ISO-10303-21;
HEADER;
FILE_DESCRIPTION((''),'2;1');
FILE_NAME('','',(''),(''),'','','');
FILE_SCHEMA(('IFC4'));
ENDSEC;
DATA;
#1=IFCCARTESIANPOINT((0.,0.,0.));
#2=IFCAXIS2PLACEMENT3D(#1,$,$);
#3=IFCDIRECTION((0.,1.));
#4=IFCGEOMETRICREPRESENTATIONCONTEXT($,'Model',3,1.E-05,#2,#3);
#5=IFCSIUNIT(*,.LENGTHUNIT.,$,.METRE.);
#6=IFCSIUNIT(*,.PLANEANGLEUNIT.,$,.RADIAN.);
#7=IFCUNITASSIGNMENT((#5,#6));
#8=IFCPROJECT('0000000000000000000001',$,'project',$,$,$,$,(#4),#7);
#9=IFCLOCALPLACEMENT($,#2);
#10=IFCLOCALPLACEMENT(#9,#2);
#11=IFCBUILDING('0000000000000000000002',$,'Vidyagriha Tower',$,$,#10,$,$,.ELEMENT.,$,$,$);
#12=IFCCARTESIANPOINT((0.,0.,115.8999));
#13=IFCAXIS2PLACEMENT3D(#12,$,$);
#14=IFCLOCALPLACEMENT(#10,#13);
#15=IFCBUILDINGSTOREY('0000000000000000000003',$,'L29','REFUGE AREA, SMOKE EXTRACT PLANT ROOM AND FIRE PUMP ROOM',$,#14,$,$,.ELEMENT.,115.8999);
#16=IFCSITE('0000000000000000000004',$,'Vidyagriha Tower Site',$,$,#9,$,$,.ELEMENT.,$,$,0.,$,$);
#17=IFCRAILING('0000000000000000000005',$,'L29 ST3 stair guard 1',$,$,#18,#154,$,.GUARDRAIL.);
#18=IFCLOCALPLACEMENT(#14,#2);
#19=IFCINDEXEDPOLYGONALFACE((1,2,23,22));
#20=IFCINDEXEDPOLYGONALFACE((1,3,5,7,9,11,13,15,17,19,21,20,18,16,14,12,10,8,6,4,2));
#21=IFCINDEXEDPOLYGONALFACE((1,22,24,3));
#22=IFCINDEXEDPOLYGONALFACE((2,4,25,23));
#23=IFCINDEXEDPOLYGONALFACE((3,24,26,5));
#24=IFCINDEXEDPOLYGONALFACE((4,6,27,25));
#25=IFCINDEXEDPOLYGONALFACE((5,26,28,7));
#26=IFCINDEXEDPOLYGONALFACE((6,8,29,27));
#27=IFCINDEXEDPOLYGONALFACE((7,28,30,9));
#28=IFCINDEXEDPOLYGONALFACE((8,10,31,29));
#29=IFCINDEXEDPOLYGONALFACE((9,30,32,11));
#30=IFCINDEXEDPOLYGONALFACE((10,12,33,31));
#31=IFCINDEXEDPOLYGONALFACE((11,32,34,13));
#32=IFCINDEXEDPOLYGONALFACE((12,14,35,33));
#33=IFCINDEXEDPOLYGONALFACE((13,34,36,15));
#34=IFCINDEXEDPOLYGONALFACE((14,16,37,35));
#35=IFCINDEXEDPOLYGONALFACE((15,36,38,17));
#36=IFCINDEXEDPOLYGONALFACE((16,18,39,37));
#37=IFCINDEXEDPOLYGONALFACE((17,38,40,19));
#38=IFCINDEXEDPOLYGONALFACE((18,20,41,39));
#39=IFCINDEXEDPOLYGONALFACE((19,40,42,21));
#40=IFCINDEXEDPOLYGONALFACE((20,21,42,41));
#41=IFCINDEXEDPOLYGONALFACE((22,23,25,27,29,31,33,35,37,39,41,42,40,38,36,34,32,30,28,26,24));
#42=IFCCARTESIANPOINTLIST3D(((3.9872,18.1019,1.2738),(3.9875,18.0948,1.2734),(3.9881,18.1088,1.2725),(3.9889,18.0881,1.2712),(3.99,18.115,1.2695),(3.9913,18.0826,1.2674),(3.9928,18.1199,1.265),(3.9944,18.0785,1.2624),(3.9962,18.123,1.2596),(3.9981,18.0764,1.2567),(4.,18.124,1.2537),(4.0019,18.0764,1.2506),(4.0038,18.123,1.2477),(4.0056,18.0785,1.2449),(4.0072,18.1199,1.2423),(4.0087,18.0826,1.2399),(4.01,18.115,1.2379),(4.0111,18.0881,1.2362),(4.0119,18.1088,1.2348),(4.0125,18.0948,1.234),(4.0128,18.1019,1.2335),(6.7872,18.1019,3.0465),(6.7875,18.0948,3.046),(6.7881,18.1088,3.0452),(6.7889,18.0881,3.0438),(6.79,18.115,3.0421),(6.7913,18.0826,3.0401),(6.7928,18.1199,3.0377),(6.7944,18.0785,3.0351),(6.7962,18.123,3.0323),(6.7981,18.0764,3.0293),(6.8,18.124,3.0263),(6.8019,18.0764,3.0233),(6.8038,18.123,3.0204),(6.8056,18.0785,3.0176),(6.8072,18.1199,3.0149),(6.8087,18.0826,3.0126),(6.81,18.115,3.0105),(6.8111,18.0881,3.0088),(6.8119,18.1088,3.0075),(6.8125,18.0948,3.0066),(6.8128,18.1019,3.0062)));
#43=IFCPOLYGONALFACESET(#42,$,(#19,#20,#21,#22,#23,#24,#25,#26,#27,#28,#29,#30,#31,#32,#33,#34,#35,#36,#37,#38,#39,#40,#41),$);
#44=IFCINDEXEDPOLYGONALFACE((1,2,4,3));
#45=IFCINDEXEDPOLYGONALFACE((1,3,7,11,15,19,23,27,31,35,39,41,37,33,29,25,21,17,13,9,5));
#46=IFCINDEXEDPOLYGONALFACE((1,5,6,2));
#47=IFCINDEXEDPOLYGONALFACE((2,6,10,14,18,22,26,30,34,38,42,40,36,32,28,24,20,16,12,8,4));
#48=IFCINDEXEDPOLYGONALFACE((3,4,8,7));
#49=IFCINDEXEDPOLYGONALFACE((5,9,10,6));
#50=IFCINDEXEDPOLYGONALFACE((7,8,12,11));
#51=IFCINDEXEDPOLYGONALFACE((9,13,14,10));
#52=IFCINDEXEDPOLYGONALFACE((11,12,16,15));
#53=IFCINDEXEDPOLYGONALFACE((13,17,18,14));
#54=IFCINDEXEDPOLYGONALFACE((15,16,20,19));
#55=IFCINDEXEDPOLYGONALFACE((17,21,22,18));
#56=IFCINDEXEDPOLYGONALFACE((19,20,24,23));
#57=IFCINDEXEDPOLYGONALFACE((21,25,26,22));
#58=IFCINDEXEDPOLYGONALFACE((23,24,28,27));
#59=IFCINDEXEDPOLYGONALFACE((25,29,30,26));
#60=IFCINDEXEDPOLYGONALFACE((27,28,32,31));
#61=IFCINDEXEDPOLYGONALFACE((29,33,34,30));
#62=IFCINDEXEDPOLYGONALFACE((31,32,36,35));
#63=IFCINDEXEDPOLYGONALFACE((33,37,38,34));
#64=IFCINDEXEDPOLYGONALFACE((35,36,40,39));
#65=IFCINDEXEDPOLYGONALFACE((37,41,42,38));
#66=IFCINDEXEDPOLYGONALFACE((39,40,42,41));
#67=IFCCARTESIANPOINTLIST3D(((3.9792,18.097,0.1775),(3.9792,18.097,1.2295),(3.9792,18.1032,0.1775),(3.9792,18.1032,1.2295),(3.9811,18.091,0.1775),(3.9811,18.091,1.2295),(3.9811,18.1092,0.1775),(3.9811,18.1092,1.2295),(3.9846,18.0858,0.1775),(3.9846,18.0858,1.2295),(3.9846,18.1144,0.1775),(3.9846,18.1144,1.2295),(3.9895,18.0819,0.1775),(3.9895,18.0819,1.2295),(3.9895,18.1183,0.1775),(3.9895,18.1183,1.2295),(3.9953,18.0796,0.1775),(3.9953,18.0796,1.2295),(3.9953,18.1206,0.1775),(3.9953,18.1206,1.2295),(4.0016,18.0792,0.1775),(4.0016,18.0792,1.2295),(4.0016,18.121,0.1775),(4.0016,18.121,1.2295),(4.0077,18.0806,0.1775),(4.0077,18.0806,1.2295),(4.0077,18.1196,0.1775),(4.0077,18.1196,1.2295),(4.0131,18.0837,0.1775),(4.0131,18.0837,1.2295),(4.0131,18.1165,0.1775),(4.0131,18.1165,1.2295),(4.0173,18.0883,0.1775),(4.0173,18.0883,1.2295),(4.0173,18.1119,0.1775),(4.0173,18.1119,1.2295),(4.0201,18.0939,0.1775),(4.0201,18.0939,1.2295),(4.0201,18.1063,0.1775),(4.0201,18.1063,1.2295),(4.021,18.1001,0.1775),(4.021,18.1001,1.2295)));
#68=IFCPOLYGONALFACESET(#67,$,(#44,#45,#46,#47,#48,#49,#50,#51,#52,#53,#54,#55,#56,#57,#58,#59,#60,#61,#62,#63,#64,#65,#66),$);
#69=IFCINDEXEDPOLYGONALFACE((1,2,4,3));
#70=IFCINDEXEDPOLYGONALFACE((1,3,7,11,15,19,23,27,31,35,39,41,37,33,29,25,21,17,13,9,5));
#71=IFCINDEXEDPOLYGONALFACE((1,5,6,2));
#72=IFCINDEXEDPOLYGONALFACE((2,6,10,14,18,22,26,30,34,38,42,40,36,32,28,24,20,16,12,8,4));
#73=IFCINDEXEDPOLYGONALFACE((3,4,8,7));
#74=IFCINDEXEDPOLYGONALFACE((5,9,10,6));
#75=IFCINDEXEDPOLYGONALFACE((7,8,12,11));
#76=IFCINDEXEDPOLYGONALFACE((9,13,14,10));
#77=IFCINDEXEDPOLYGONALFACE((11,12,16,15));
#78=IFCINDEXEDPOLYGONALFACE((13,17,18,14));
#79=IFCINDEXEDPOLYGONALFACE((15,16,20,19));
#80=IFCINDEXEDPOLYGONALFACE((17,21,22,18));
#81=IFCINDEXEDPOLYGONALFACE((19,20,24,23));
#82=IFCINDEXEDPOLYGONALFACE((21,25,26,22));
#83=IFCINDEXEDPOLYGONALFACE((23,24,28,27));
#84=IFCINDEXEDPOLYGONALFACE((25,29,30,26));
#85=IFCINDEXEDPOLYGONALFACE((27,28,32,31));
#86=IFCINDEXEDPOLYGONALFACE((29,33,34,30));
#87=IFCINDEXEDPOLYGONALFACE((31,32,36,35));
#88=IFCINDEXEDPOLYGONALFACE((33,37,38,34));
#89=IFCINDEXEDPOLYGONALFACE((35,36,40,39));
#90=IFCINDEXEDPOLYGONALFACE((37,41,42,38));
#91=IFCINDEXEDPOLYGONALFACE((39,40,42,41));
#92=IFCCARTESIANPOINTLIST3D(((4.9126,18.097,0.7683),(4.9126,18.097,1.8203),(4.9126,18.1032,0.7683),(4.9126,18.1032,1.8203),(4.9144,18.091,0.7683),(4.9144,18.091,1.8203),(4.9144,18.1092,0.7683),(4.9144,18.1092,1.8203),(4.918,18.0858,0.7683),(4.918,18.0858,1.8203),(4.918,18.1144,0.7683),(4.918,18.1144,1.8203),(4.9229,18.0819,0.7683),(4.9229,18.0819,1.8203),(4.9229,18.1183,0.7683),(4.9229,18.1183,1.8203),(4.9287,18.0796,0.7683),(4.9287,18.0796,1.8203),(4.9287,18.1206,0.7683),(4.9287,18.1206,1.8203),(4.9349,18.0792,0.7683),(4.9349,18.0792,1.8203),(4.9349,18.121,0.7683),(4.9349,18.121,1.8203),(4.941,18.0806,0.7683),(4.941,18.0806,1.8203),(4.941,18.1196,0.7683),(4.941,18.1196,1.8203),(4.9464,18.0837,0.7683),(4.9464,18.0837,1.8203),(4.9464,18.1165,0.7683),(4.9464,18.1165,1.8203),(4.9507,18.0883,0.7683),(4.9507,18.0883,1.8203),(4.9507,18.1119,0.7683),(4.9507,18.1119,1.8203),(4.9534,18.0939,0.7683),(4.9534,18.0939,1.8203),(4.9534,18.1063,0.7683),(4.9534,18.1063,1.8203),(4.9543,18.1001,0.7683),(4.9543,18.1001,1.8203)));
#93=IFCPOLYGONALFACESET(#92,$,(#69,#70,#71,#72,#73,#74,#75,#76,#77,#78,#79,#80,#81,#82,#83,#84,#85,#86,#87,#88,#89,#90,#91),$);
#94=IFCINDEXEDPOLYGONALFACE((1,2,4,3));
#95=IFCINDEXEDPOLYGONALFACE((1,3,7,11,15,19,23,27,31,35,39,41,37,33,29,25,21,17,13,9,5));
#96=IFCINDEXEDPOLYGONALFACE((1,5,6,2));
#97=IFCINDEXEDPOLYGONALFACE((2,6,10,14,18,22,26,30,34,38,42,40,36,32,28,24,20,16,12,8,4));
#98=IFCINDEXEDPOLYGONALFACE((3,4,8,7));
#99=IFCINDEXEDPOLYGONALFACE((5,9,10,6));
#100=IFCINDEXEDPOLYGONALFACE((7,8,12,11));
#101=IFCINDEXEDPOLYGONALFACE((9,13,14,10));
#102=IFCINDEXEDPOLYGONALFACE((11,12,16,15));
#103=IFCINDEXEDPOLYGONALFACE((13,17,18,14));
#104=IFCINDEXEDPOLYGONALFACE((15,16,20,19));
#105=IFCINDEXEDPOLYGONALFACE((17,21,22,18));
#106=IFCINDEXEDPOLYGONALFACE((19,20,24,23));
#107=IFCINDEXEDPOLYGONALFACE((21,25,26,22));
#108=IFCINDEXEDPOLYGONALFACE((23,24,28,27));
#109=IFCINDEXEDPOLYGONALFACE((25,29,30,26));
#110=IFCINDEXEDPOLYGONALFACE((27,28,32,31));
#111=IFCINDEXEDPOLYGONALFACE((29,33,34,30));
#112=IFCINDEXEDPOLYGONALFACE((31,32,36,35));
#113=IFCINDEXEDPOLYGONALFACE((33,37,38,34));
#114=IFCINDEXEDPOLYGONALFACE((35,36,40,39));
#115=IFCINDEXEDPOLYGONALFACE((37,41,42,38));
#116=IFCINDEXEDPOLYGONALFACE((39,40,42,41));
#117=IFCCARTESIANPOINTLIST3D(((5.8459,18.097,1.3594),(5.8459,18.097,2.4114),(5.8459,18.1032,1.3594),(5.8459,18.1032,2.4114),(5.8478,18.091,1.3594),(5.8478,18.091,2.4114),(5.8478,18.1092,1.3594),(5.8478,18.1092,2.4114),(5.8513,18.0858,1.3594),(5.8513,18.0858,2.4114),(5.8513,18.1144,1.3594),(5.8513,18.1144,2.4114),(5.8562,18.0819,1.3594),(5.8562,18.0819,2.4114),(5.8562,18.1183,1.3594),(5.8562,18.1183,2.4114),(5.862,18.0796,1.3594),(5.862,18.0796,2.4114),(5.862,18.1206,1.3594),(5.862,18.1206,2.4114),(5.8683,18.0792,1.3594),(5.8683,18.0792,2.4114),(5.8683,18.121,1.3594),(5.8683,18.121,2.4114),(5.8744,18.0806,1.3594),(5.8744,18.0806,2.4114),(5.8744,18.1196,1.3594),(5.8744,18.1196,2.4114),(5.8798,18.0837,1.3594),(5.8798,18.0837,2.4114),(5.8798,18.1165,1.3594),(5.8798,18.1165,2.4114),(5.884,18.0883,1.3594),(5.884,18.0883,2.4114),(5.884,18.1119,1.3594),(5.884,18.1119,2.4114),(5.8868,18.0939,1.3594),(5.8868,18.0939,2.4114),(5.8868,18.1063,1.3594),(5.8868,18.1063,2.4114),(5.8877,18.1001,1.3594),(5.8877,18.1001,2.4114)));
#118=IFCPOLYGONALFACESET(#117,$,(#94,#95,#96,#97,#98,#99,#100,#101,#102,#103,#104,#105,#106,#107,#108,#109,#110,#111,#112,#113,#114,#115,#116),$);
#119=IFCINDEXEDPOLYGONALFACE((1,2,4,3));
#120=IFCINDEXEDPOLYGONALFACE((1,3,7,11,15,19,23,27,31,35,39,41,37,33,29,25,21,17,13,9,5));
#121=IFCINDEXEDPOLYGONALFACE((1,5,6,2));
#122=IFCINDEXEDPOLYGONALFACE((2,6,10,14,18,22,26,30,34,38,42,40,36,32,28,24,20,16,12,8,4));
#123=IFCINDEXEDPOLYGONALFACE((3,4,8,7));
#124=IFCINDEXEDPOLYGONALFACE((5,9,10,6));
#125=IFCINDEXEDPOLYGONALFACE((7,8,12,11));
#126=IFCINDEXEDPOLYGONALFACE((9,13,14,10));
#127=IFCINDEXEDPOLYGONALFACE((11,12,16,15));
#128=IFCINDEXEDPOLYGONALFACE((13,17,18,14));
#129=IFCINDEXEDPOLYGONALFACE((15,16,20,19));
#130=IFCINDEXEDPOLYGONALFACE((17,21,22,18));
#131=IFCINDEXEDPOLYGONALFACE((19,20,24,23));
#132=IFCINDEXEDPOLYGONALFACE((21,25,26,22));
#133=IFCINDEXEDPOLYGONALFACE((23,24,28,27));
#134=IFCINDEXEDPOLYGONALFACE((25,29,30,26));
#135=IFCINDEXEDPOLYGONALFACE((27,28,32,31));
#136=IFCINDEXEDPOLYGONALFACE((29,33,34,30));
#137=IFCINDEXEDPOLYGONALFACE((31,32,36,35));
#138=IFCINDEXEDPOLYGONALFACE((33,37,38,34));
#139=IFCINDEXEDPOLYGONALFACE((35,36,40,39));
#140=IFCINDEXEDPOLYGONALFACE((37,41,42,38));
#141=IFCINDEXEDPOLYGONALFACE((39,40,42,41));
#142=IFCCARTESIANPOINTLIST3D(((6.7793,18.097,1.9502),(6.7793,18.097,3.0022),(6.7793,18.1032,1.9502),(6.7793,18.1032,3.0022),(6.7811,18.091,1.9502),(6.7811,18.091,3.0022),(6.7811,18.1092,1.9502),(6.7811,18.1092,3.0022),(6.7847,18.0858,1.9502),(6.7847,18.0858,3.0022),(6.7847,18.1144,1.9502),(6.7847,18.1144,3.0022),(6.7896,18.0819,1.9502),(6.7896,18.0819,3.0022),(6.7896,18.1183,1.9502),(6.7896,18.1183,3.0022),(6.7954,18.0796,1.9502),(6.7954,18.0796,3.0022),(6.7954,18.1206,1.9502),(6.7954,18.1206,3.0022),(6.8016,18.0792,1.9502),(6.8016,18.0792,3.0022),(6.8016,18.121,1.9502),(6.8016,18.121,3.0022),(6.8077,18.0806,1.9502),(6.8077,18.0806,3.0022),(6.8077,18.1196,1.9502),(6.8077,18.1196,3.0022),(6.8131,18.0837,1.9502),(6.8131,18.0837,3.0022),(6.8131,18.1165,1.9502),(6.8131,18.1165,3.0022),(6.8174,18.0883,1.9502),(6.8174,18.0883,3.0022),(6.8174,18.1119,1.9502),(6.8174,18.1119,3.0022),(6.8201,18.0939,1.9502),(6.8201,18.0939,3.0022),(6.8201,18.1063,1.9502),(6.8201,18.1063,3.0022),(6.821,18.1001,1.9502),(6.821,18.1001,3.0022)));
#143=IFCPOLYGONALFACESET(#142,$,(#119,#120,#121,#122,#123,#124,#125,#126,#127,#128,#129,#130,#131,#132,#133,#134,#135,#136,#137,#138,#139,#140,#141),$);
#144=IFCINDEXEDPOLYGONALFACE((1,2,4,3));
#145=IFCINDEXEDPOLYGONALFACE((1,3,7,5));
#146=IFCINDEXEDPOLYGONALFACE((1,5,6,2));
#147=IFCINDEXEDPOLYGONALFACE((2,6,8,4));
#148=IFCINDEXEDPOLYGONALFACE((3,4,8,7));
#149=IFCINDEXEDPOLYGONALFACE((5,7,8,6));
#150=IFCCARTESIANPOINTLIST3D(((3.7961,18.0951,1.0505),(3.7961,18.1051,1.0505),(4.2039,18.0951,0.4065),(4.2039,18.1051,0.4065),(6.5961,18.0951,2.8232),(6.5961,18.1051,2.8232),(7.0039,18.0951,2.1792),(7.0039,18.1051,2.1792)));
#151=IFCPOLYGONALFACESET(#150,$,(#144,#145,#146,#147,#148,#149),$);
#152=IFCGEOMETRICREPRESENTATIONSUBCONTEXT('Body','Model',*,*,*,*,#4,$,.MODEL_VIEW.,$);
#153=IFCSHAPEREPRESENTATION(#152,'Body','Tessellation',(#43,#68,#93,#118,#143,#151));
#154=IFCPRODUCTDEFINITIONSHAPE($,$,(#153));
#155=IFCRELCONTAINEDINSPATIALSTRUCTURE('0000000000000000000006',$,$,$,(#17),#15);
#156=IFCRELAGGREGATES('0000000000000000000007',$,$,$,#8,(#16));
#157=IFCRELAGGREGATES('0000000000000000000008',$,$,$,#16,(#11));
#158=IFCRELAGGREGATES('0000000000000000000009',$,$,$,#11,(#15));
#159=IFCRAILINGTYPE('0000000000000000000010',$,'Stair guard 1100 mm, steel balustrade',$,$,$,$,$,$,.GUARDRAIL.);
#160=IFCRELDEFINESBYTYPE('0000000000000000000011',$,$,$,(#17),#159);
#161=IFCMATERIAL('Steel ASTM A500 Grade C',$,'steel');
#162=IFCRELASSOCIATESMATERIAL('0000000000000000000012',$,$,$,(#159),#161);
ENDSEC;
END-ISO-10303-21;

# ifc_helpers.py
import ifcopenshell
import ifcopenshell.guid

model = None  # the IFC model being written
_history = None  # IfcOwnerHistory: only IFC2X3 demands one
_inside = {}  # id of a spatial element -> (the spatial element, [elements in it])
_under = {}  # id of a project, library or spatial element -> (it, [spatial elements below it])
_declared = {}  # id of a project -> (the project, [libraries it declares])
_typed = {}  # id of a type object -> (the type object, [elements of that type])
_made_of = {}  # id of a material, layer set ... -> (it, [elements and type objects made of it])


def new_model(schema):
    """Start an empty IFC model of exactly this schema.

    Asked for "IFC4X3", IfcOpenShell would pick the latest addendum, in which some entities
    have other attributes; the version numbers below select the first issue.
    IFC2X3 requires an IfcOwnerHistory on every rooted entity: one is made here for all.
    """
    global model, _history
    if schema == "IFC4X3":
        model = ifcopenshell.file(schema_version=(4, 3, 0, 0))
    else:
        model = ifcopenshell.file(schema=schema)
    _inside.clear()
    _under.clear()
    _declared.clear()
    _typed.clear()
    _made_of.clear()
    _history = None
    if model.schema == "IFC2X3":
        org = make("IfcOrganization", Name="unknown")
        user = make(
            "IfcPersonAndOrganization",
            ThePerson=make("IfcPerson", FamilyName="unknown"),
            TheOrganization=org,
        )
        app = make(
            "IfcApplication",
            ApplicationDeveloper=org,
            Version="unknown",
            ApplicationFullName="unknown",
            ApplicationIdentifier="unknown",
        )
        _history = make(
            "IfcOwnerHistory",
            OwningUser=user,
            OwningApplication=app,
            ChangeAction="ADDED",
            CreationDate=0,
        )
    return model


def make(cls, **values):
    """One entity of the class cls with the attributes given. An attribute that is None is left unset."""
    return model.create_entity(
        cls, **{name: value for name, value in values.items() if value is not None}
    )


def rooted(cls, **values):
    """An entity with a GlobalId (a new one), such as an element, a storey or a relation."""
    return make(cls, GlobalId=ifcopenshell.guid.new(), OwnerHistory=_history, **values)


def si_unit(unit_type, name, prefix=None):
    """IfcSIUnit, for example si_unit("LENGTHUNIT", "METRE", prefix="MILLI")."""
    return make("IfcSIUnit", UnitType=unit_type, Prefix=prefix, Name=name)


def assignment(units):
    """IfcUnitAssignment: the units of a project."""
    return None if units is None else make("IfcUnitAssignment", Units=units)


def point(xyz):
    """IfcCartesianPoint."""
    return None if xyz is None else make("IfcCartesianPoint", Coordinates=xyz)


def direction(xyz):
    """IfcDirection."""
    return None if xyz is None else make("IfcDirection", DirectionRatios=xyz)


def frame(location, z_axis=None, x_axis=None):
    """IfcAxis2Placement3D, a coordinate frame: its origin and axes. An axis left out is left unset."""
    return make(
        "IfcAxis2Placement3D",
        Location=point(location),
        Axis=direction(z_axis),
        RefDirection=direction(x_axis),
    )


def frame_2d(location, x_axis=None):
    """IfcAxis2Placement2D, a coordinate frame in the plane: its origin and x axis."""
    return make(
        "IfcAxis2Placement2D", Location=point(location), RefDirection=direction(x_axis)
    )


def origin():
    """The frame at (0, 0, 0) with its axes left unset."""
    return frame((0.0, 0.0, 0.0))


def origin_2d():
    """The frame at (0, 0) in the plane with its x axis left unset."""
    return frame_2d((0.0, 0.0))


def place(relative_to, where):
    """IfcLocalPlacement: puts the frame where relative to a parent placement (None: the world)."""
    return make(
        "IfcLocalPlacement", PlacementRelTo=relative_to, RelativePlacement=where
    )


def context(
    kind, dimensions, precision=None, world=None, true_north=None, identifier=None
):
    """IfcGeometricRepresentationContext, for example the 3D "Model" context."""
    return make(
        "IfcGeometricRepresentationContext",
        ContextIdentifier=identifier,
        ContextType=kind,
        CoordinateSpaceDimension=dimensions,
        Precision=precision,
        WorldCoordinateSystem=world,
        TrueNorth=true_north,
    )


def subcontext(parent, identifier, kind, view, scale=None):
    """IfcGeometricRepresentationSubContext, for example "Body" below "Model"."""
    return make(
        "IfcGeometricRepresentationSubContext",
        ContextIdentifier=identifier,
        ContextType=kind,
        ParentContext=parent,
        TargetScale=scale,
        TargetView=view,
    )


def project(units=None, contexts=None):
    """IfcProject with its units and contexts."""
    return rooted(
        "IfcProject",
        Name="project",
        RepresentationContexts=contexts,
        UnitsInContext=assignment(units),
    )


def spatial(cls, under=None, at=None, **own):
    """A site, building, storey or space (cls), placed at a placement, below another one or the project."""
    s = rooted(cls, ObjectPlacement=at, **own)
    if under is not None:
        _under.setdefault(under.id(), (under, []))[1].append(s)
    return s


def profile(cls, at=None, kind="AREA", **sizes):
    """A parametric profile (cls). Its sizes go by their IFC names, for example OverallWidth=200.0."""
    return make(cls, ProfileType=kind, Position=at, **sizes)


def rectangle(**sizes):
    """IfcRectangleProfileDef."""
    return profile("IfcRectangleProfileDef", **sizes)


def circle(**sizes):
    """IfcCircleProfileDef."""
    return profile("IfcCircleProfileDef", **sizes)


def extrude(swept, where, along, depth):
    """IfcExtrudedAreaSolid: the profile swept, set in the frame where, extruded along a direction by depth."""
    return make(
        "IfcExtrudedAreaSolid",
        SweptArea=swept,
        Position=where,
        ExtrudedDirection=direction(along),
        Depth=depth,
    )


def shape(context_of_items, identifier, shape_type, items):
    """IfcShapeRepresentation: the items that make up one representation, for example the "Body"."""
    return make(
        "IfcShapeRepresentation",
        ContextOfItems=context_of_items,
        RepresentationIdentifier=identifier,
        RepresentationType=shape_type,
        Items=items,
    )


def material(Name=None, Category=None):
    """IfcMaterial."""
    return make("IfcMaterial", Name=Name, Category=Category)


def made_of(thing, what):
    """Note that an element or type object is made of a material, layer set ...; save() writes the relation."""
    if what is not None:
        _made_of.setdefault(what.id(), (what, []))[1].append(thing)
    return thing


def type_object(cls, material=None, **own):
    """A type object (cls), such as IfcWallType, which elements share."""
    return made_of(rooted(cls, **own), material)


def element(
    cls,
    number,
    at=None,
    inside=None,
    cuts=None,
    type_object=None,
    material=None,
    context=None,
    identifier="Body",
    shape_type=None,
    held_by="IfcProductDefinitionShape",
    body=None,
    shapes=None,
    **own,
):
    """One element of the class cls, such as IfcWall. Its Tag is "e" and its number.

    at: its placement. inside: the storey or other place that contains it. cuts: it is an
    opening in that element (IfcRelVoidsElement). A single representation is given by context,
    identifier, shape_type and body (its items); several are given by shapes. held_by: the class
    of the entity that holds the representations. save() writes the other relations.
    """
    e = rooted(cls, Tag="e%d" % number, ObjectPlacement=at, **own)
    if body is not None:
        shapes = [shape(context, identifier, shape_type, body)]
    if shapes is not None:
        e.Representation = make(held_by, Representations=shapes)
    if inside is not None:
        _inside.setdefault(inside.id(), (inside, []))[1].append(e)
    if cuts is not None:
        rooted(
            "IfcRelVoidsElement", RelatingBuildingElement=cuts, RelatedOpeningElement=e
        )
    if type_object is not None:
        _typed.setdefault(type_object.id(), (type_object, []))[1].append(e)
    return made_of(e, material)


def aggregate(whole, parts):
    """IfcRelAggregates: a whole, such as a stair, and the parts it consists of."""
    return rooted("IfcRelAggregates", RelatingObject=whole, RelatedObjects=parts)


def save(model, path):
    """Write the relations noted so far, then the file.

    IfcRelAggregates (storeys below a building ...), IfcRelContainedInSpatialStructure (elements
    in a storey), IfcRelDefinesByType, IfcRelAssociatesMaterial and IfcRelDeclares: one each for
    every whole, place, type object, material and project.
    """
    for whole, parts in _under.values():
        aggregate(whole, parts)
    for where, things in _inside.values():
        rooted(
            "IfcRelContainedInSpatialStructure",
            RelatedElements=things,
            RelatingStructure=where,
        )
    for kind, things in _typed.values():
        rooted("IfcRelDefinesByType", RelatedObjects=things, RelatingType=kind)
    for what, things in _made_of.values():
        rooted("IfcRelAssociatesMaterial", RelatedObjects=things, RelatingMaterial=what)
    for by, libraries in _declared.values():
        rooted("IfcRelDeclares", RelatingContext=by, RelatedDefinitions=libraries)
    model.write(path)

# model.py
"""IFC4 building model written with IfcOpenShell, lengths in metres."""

from ifc_helpers import new_model, si_unit, direction, frame, origin, origin_2d, place, context, subcontext, project, spatial, rectangle, circle, extrude, material, type_object, element, save


model = new_model("IFC4")

# Units and contexts
model_context = context("Model", 3, precision=1e-05, world=origin(), true_north=direction((0.0, 1.0)))
body_context = subcontext(model_context, "Body", "Model", "MODEL_VIEW")
ifc_project = project(units=[si_unit("LENGTHUNIT", "METRE"), si_unit("PLANEANGLEUNIT", "RADIAN")], contexts=[model_context])

# Site, building, storey
site_placement = place(None, origin())
site = spatial("IfcSite", under=ifc_project, at=site_placement, Name="Vidyagriha Tower Site", CompositionType="ELEMENT", RefElevation=0.0)
building_placement = place(site_placement, origin())
building = spatial("IfcBuilding", under=site, at=building_placement, Name="Vidyagriha Tower", CompositionType="ELEMENT")
storey_placement = place(building_placement, frame((0.0, 0.0, 115.8999)))
storey = spatial("IfcBuildingStorey", under=building, at=storey_placement, Name="L29", Description="REFUGE AREA, SMOKE EXTRACT PLANT ROOM AND FIRE PUMP ROOM", CompositionType="ELEMENT", Elevation=115.8999)

# Railing
ifc_material_1 = material(Name="Steel ASTM A500 Grade C", Category="steel")
railing_type_1 = type_object("IfcRailingType", Name="Stair guard 1100 mm, steel balustrade", PredefinedType="GUARDRAIL", material=ifc_material_1)
railing_1_placement = place(storey_placement, frame((4.0, 18.1001, 0.1775)))
element("IfcRailing", 1, at=railing_1_placement, inside=storey, type_object=railing_type_1, Name="L29 ST3 stair guard 1", PredefinedType="GUARDRAIL", context=body_context, shape_type="SweptSolid", body=[
    extrude(circle(Radius=0.0239, at=origin_2d()), frame((0.0, 0.0, 1.0762), z_axis=(0.844909, 0.0, 0.53491), x_axis=(0.0, 1.0, 0.0)), (0.0, 0.0, 1.0), 3.314),
    extrude(circle(Radius=0.021, at=origin_2d()), origin(), (0.0, 0.0, 1.0), 1.052),
    extrude(circle(Radius=0.021, at=origin_2d()), frame((0.9333, 0.0, 0.5908)), (0.0, 0.0, 1.0), 1.052),
    extrude(circle(Radius=0.021, at=origin_2d()), frame((1.8667, 0.0, 1.1819)), (0.0, 0.0, 1.0), 1.052),
    extrude(circle(Radius=0.021, at=origin_2d()), frame((2.8, 0.0, 1.7727)), (0.0, 0.0, 1.0), 1.052),
    extrude(rectangle(XDim=0.01, YDim=0.7622, at=origin_2d()), frame((0.0, 0.0, 0.551), z_axis=(0.844909, 0.0, 0.53491), x_axis=(0.0, 1.0, 0.0)), (0.0, 0.0, 1.0), 3.314),
])

save(model, "model.ifc")
